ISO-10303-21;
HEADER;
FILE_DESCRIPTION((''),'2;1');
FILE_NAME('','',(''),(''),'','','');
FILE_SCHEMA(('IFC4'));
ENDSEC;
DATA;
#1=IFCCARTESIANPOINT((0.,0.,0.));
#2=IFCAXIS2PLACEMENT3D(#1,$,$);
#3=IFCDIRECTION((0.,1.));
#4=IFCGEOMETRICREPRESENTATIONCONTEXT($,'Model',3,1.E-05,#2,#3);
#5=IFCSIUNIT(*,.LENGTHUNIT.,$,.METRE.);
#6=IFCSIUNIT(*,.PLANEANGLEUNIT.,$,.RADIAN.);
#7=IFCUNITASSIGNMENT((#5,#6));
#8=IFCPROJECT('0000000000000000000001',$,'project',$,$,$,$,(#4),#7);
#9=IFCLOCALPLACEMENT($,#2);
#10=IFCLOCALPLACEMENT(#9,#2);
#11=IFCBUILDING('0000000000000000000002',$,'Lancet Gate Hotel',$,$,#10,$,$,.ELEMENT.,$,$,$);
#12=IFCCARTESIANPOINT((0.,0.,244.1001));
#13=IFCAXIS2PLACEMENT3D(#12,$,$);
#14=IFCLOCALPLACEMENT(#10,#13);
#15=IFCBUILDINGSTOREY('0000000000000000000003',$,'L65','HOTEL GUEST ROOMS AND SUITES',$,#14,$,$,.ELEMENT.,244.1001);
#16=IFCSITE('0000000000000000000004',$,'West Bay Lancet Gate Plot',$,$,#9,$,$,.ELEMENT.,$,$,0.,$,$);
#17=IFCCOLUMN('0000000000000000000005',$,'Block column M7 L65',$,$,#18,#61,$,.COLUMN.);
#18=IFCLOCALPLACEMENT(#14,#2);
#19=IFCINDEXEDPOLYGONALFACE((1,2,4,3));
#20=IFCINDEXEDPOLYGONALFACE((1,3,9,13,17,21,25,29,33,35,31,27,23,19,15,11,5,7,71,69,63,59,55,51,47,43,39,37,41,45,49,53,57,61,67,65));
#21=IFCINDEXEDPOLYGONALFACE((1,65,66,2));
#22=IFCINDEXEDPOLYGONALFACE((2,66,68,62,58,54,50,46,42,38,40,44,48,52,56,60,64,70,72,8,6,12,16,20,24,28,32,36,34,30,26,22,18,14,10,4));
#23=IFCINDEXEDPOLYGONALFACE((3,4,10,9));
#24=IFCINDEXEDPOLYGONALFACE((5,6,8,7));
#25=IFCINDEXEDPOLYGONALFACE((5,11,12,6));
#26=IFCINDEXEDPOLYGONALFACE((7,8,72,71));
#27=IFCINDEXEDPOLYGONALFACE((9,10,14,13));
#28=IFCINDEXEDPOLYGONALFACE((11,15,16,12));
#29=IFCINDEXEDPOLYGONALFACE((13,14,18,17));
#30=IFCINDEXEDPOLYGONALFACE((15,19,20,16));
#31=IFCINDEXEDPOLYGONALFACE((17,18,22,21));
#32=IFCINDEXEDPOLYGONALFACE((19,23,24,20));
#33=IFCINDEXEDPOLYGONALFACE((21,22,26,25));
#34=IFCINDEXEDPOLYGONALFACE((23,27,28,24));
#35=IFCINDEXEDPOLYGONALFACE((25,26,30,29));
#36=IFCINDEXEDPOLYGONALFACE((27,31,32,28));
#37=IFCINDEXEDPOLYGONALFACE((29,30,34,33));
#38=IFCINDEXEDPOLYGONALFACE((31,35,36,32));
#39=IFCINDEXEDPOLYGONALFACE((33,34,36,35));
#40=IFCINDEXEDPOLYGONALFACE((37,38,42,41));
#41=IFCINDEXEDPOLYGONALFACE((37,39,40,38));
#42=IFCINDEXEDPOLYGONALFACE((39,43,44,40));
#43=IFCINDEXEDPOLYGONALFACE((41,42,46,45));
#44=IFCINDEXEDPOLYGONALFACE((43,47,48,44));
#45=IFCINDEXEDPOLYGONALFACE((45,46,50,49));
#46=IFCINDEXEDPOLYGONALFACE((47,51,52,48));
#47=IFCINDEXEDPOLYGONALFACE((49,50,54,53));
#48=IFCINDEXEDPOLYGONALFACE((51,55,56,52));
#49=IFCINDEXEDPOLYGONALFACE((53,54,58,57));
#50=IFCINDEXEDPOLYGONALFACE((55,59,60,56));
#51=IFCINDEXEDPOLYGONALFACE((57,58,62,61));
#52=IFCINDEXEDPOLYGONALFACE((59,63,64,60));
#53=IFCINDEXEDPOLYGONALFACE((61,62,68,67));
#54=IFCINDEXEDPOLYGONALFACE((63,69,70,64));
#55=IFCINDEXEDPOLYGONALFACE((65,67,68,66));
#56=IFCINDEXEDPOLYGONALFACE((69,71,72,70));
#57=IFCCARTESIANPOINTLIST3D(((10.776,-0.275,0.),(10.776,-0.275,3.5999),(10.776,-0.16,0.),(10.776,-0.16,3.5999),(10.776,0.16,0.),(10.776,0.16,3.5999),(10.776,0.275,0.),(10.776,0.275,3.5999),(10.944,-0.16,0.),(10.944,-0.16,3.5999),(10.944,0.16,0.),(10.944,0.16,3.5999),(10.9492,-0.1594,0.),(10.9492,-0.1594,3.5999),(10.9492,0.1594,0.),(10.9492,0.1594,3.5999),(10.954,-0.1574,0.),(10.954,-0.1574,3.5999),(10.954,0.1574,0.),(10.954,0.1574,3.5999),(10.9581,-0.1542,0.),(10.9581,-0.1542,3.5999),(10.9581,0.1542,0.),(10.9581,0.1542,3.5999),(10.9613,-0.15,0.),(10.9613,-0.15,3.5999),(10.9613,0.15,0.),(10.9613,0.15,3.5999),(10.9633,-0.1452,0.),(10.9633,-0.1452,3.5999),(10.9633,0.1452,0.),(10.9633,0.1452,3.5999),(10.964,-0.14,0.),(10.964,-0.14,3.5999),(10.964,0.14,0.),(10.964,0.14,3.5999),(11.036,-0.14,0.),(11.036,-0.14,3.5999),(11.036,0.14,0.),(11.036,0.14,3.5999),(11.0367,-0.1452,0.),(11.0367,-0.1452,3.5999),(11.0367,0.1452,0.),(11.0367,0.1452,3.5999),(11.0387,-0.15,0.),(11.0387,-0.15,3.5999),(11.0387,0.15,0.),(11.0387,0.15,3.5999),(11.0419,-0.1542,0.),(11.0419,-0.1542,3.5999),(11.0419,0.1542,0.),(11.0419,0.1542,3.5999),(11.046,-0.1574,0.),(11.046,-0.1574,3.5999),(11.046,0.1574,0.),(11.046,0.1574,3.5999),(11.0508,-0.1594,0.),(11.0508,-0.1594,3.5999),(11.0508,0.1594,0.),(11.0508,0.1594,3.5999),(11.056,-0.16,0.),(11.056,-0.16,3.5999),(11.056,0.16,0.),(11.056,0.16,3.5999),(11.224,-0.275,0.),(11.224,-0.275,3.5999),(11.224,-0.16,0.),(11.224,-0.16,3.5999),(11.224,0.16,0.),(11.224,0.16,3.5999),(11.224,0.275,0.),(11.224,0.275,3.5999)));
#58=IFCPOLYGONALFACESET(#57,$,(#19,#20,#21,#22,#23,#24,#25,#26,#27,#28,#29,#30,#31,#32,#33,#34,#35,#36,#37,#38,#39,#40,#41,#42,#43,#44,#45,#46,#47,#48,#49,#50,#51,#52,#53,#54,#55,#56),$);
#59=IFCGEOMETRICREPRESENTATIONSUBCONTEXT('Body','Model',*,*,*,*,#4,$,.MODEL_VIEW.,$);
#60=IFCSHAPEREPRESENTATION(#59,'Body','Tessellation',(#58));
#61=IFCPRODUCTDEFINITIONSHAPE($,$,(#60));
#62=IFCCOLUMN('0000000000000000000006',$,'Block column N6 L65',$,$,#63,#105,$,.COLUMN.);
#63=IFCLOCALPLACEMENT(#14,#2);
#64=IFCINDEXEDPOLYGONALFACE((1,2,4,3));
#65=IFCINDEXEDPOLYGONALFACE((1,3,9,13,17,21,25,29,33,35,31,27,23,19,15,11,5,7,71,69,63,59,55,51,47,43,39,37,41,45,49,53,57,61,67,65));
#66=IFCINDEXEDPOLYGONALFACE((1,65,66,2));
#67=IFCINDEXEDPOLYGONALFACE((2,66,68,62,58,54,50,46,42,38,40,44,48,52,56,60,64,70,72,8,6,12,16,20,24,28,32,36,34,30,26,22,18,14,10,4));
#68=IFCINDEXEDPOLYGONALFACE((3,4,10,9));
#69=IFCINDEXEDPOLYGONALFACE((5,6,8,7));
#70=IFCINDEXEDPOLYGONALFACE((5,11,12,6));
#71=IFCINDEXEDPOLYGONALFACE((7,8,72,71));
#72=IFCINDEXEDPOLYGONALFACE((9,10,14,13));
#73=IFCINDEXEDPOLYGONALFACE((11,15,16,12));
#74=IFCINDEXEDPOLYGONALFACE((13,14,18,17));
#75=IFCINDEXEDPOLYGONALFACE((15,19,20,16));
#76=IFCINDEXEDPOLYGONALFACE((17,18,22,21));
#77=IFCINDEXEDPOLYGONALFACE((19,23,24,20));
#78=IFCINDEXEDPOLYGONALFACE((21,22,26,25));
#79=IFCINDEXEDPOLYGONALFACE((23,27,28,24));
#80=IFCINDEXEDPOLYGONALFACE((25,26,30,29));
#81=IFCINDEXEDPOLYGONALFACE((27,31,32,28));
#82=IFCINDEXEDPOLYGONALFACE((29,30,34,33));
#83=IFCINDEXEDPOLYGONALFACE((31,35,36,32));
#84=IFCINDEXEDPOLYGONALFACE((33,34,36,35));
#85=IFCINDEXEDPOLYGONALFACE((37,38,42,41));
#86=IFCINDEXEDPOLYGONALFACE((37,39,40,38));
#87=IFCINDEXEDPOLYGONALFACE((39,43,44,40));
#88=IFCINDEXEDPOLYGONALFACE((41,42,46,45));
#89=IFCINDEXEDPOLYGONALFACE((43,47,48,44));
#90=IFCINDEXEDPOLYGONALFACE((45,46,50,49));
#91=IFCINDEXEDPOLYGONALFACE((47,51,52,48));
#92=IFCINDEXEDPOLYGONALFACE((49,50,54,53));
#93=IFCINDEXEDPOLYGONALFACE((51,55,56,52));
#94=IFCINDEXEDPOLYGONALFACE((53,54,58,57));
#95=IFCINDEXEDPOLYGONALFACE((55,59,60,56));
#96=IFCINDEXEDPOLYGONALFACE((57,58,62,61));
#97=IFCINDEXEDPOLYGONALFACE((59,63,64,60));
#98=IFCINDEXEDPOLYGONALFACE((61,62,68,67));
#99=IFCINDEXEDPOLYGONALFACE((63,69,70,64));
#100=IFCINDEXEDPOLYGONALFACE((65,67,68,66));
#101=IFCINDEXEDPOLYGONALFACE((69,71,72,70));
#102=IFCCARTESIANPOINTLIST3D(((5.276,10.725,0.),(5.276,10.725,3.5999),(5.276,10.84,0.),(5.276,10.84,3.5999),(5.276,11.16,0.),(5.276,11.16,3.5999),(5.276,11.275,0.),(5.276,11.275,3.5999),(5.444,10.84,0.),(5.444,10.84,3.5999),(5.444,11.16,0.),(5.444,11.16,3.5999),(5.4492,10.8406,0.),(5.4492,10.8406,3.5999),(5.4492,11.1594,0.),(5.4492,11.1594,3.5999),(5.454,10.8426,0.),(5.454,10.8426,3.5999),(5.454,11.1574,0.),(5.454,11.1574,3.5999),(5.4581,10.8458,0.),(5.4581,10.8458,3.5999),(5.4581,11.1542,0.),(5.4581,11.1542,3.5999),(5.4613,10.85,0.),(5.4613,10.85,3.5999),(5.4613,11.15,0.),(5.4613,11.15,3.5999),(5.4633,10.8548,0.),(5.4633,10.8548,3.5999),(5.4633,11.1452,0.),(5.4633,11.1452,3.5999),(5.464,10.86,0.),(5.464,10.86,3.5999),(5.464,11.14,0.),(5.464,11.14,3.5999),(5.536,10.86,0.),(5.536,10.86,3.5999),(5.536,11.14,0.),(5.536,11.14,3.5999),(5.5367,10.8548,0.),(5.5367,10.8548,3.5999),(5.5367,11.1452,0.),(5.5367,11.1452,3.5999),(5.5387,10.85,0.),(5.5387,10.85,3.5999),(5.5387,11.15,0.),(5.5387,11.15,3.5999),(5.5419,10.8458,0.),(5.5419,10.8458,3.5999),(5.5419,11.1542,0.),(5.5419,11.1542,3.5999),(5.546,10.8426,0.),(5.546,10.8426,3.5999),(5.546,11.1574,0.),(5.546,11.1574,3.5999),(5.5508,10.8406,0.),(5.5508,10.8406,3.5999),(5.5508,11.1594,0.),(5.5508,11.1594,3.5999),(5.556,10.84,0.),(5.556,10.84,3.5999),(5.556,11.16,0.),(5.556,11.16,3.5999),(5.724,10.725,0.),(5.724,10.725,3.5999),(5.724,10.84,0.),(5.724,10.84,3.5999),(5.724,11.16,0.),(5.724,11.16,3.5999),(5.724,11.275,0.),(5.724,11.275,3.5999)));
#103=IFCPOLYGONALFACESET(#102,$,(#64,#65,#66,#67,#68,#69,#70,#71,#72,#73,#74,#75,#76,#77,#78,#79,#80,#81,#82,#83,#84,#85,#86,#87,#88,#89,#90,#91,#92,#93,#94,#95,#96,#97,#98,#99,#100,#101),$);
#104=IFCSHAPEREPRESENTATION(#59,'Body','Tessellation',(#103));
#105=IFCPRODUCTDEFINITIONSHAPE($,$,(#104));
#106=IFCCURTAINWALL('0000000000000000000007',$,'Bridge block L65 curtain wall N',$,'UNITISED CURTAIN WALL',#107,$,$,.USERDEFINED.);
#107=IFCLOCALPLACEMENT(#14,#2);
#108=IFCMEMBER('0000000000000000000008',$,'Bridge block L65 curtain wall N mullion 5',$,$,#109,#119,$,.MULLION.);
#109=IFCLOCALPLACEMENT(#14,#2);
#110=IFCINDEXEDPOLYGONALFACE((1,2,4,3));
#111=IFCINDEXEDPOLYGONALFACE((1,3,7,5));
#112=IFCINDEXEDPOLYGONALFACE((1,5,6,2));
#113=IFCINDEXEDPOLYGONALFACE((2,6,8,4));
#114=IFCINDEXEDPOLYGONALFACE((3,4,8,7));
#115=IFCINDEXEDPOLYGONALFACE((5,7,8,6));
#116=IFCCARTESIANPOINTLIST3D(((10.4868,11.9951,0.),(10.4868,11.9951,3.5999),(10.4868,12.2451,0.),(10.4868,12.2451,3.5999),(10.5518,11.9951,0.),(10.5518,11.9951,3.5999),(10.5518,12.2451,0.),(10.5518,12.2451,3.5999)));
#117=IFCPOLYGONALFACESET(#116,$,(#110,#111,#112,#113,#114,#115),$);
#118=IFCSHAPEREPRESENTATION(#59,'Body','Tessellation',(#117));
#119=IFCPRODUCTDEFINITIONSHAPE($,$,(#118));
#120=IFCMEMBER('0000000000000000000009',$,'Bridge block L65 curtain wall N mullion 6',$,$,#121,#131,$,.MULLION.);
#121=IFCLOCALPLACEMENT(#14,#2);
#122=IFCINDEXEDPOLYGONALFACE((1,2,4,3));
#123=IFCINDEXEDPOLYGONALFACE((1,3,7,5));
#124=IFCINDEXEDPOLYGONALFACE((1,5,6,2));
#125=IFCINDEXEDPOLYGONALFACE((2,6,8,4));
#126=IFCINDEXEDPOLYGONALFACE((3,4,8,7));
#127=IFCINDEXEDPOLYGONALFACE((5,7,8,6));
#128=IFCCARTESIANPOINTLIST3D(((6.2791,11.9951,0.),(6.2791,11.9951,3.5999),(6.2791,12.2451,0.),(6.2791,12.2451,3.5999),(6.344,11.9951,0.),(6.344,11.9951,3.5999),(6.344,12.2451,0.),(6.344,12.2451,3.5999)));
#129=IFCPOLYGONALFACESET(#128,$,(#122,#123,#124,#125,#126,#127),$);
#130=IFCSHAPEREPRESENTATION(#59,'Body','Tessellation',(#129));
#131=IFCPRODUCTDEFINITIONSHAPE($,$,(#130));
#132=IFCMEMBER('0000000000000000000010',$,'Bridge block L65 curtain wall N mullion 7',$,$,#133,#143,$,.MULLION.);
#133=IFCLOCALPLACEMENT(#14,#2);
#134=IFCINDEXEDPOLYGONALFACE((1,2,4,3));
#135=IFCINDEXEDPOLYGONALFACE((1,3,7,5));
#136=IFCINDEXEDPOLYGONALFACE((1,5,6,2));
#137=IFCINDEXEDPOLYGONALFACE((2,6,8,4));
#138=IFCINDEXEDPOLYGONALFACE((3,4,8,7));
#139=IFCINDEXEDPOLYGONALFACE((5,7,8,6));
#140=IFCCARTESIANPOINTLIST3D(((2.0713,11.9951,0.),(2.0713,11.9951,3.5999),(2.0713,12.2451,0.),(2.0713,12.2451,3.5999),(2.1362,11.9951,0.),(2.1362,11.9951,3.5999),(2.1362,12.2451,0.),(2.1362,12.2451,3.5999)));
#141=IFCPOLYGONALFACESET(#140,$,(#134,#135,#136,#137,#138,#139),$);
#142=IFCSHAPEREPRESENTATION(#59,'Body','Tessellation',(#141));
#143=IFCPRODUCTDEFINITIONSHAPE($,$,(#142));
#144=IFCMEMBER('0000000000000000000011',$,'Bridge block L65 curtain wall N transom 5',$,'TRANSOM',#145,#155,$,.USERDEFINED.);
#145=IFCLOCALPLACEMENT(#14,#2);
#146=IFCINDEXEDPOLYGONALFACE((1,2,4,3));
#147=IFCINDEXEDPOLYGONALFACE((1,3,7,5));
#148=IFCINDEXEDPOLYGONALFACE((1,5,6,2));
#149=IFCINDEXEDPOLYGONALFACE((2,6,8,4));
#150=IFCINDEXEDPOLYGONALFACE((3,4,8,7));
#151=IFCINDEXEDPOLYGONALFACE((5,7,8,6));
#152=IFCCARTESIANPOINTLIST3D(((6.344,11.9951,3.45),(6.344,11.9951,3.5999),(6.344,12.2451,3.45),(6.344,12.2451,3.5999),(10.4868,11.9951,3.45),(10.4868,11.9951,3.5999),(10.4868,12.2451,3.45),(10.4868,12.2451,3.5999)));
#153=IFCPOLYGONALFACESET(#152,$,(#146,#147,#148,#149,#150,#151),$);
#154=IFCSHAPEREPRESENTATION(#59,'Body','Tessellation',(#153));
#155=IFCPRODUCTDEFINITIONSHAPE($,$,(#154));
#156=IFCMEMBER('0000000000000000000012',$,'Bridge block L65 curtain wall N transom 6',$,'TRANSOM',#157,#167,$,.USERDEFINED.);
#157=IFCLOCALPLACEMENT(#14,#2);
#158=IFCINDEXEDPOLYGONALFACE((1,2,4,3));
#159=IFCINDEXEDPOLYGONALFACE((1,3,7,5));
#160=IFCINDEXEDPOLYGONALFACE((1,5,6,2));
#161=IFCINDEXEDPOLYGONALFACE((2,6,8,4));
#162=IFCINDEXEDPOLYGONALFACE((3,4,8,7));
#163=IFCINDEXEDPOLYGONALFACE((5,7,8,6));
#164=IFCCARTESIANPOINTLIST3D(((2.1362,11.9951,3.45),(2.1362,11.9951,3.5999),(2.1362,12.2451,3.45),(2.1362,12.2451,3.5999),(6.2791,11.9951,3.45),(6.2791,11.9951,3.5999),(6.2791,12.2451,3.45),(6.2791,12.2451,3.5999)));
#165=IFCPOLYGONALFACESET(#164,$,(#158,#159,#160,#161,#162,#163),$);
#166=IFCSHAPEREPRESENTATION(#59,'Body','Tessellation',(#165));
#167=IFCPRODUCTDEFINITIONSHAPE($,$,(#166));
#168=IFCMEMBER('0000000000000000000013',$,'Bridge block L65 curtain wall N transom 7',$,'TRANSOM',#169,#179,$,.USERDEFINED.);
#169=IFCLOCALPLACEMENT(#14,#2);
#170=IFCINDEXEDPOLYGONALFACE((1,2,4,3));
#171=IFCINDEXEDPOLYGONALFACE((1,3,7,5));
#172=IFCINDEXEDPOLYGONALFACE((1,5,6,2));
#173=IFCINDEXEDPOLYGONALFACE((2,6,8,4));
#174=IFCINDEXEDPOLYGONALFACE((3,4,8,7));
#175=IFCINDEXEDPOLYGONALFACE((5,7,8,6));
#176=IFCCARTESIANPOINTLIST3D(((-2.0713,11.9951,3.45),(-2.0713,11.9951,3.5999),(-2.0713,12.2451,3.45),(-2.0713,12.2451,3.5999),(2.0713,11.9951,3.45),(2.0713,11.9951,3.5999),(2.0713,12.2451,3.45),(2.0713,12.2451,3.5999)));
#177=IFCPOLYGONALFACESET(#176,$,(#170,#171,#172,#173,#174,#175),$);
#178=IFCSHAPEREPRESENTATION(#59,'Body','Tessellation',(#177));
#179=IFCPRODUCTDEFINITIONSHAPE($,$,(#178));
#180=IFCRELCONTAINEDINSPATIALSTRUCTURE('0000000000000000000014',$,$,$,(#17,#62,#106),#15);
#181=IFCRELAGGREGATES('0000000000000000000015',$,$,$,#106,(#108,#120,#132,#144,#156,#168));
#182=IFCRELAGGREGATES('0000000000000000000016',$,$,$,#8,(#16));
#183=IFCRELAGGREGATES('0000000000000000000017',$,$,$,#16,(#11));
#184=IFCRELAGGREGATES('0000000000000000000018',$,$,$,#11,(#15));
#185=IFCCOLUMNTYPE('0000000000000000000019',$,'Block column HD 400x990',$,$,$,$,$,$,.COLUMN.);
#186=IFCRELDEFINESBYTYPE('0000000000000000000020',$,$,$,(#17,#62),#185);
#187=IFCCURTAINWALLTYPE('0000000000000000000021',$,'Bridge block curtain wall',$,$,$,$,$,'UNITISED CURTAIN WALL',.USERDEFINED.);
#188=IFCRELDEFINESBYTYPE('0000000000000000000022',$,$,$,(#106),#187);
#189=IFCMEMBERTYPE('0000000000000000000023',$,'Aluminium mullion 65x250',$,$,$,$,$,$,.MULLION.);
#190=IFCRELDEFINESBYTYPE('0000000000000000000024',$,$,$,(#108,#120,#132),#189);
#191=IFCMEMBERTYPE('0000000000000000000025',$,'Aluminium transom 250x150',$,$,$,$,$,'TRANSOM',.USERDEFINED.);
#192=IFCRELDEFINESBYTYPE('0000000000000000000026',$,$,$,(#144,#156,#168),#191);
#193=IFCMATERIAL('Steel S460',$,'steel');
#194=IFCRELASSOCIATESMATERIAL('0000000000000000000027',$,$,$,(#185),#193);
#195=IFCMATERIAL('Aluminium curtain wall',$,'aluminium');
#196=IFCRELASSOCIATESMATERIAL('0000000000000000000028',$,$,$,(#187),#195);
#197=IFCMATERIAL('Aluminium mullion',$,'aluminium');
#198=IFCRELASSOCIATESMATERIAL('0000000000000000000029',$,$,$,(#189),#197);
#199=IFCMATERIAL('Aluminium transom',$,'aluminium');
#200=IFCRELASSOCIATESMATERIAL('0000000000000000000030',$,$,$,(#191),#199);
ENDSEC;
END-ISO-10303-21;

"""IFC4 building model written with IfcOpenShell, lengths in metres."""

from ifc_helpers import new_model, si_unit, direction, frame, origin, origin_2d, place, context, subcontext, project, spatial, rectangle, i_section, extrude, material, material_profile, profile_set, type_object, element, aggregate, save


model = new_model("IFC4")

# Units and contexts
model_context = context("Model", 3, precision=1e-05, world=origin(), true_north=direction((0.0, 1.0)))
body_context = subcontext(model_context, "Body", "Model", "MODEL_VIEW")
ifc_project = project(units=[si_unit("LENGTHUNIT", "METRE"), si_unit("PLANEANGLEUNIT", "RADIAN")], contexts=[model_context])

# Site, building, storey
site_placement = place(None, origin())
site = spatial("IfcSite", under=ifc_project, at=site_placement, Name="West Bay Lancet Gate Plot", CompositionType="ELEMENT", RefElevation=0.0)
building_placement = place(site_placement, origin())
building = spatial("IfcBuilding", under=site, at=building_placement, Name="Lancet Gate Hotel", CompositionType="ELEMENT")
storey_placement = place(building_placement, frame((0.0, 0.0, 244.1001)))
storey = spatial("IfcBuildingStorey", under=building, at=storey_placement, Name="L65", Description="HOTEL GUEST ROOMS AND SUITES", CompositionType="ELEMENT", Elevation=244.1001)

# Columns
ifc_material_1 = material(Name="Steel S460", Category="steel")
ifc_material_profile_1 = material_profile(ifc_material_1, i_section(OverallWidth=0.448, OverallDepth=0.55, WebThickness=0.072, FlangeThickness=0.115, FilletRadius=0.02, at=origin_2d()), Name="HD 400x990")
ifc_profile_set_1 = profile_set([ifc_material_profile_1], Name="Steel S460")
column_type = type_object("IfcColumnType", Name="Block column HD 400x990", PredefinedType="COLUMN", material=ifc_profile_set_1)
for number, where, z_axis, x_axis, name in (
    (1, (11.0, 0.0, 0.0), (0.0, 0.0, 1.0), (1.0, 0.0, 0.0), "Block column M7 L65"),
    (2, (5.5, 11.0, 0.0), (0.0, 0.0, 1.0), (1.0, 0.0, 0.0), "Block column N6 L65"),
):
    element("IfcColumn", number, at=place(storey_placement, frame(where, z_axis=z_axis, x_axis=x_axis)), inside=storey, type_object=column_type, Name=name, PredefinedType="COLUMN", context=body_context, shape_type="SweptSolid", body=[
        extrude(i_section(OverallWidth=0.448, OverallDepth=0.55, WebThickness=0.072, FlangeThickness=0.115, FilletRadius=0.02, at=origin_2d()), origin(), (0.0, 0.0, 1.0), 3.5999),
    ])

# Curtain wall, members
ifc_material_2 = material(Name="Aluminium curtain wall", Category="aluminium")
curtain_wall_type = type_object("IfcCurtainWallType", Name="Bridge block curtain wall", ElementType="UNITISED CURTAIN WALL", PredefinedType="USERDEFINED", material=ifc_material_2)
curtain_wall_placement = place(storey_placement, origin())
curtain_wall = element("IfcCurtainWall", 3, at=curtain_wall_placement, inside=storey, type_object=curtain_wall_type, Name="Bridge block L65 curtain wall N", ObjectType="UNITISED CURTAIN WALL", PredefinedType="USERDEFINED")
ifc_material_3 = material(Name="Aluminium mullion", Category="aluminium")
ifc_material_profile_2 = material_profile(ifc_material_3, rectangle(XDim=0.0649, YDim=0.25, at=origin_2d()), Name="MULLION 65x250")
ifc_profile_set_2 = profile_set([ifc_material_profile_2], Name="Aluminium mullion")
member_type_1 = type_object("IfcMemberType", Name="Aluminium mullion 65x250", PredefinedType="MULLION", material=ifc_profile_set_2)
member_1_placement = place(storey_placement, frame((10.5193, 12.1201, 0.0), z_axis=(0.0, 0.0, 1.0), x_axis=(-1.0, 0.0, 0.0)))
member_1 = element("IfcMember", 4, at=member_1_placement, type_object=member_type_1, Name="Bridge block L65 curtain wall N mullion 5", PredefinedType="MULLION", context=body_context, shape_type="SweptSolid", body=[
    extrude(rectangle(XDim=0.0649, YDim=0.25, at=origin_2d()), origin(), (0.0, 0.0, 1.0), 3.5999),
])
member_2_placement = place(storey_placement, frame((6.3115, 12.1201, 0.0), z_axis=(0.0, 0.0, 1.0), x_axis=(-1.0, 0.0, 0.0)))
member_2 = element("IfcMember", 5, at=member_2_placement, type_object=member_type_1, Name="Bridge block L65 curtain wall N mullion 6", PredefinedType="MULLION", context=body_context, shape_type="SweptSolid", body=[
    extrude(rectangle(XDim=0.0649, YDim=0.25, at=origin_2d()), origin(), (0.0, 0.0, 1.0), 3.5999),
])
member_3_placement = place(storey_placement, frame((2.1038, 12.1201, 0.0), z_axis=(0.0, 0.0, 1.0), x_axis=(-1.0, 0.0, 0.0)))
member_3 = element("IfcMember", 6, at=member_3_placement, type_object=member_type_1, Name="Bridge block L65 curtain wall N mullion 7", PredefinedType="MULLION", context=body_context, shape_type="SweptSolid", body=[
    extrude(rectangle(XDim=0.0649, YDim=0.25, at=origin_2d()), origin(), (0.0, 0.0, 1.0), 3.5999),
])
ifc_material_4 = material(Name="Aluminium transom", Category="aluminium")
ifc_material_profile_3 = material_profile(ifc_material_4, rectangle(XDim=0.25, YDim=0.1499, at=origin_2d()), Name="TRANSOM 250x150")
ifc_profile_set_3 = profile_set([ifc_material_profile_3], Name="Aluminium transom")
member_type_2 = type_object("IfcMemberType", Name="Aluminium transom 250x150", ElementType="TRANSOM", PredefinedType="USERDEFINED", material=ifc_profile_set_3)
member_4_placement = place(storey_placement, frame((10.4868, 12.1201, 3.5249), z_axis=(-1.0, 0.0, 0.0), x_axis=(0.0, -1.0, 0.0)))
member_4 = element("IfcMember", 7, at=member_4_placement, type_object=member_type_2, Name="Bridge block L65 curtain wall N transom 5", ObjectType="TRANSOM", PredefinedType="USERDEFINED", context=body_context, shape_type="SweptSolid", body=[
    extrude(rectangle(XDim=0.25, YDim=0.1499, at=origin_2d()), origin(), (0.0, 0.0, 1.0), 4.1428),
])
member_5_placement = place(storey_placement, frame((6.2791, 12.1201, 3.5249), z_axis=(-1.0, 0.0, 0.0), x_axis=(0.0, -1.0, 0.0)))
member_5 = element("IfcMember", 8, at=member_5_placement, type_object=member_type_2, Name="Bridge block L65 curtain wall N transom 6", ObjectType="TRANSOM", PredefinedType="USERDEFINED", context=body_context, shape_type="SweptSolid", body=[
    extrude(rectangle(XDim=0.25, YDim=0.1499, at=origin_2d()), origin(), (0.0, 0.0, 1.0), 4.1428),
])
member_6_placement = place(storey_placement, frame((2.0713, 12.1201, 3.5249), z_axis=(-1.0, 0.0, 0.0), x_axis=(0.0, -1.0, 0.0)))
member_6 = element("IfcMember", 9, at=member_6_placement, type_object=member_type_2, Name="Bridge block L65 curtain wall N transom 7", ObjectType="TRANSOM", PredefinedType="USERDEFINED", context=body_context, shape_type="SweptSolid", body=[
    extrude(rectangle(XDim=0.25, YDim=0.1499, at=origin_2d()), origin(), (0.0, 0.0, 1.0), 4.1426),
])

aggregate(curtain_wall, [member_1, member_2, member_3, member_4, member_5, member_6])

save(model, "model.ifc")
